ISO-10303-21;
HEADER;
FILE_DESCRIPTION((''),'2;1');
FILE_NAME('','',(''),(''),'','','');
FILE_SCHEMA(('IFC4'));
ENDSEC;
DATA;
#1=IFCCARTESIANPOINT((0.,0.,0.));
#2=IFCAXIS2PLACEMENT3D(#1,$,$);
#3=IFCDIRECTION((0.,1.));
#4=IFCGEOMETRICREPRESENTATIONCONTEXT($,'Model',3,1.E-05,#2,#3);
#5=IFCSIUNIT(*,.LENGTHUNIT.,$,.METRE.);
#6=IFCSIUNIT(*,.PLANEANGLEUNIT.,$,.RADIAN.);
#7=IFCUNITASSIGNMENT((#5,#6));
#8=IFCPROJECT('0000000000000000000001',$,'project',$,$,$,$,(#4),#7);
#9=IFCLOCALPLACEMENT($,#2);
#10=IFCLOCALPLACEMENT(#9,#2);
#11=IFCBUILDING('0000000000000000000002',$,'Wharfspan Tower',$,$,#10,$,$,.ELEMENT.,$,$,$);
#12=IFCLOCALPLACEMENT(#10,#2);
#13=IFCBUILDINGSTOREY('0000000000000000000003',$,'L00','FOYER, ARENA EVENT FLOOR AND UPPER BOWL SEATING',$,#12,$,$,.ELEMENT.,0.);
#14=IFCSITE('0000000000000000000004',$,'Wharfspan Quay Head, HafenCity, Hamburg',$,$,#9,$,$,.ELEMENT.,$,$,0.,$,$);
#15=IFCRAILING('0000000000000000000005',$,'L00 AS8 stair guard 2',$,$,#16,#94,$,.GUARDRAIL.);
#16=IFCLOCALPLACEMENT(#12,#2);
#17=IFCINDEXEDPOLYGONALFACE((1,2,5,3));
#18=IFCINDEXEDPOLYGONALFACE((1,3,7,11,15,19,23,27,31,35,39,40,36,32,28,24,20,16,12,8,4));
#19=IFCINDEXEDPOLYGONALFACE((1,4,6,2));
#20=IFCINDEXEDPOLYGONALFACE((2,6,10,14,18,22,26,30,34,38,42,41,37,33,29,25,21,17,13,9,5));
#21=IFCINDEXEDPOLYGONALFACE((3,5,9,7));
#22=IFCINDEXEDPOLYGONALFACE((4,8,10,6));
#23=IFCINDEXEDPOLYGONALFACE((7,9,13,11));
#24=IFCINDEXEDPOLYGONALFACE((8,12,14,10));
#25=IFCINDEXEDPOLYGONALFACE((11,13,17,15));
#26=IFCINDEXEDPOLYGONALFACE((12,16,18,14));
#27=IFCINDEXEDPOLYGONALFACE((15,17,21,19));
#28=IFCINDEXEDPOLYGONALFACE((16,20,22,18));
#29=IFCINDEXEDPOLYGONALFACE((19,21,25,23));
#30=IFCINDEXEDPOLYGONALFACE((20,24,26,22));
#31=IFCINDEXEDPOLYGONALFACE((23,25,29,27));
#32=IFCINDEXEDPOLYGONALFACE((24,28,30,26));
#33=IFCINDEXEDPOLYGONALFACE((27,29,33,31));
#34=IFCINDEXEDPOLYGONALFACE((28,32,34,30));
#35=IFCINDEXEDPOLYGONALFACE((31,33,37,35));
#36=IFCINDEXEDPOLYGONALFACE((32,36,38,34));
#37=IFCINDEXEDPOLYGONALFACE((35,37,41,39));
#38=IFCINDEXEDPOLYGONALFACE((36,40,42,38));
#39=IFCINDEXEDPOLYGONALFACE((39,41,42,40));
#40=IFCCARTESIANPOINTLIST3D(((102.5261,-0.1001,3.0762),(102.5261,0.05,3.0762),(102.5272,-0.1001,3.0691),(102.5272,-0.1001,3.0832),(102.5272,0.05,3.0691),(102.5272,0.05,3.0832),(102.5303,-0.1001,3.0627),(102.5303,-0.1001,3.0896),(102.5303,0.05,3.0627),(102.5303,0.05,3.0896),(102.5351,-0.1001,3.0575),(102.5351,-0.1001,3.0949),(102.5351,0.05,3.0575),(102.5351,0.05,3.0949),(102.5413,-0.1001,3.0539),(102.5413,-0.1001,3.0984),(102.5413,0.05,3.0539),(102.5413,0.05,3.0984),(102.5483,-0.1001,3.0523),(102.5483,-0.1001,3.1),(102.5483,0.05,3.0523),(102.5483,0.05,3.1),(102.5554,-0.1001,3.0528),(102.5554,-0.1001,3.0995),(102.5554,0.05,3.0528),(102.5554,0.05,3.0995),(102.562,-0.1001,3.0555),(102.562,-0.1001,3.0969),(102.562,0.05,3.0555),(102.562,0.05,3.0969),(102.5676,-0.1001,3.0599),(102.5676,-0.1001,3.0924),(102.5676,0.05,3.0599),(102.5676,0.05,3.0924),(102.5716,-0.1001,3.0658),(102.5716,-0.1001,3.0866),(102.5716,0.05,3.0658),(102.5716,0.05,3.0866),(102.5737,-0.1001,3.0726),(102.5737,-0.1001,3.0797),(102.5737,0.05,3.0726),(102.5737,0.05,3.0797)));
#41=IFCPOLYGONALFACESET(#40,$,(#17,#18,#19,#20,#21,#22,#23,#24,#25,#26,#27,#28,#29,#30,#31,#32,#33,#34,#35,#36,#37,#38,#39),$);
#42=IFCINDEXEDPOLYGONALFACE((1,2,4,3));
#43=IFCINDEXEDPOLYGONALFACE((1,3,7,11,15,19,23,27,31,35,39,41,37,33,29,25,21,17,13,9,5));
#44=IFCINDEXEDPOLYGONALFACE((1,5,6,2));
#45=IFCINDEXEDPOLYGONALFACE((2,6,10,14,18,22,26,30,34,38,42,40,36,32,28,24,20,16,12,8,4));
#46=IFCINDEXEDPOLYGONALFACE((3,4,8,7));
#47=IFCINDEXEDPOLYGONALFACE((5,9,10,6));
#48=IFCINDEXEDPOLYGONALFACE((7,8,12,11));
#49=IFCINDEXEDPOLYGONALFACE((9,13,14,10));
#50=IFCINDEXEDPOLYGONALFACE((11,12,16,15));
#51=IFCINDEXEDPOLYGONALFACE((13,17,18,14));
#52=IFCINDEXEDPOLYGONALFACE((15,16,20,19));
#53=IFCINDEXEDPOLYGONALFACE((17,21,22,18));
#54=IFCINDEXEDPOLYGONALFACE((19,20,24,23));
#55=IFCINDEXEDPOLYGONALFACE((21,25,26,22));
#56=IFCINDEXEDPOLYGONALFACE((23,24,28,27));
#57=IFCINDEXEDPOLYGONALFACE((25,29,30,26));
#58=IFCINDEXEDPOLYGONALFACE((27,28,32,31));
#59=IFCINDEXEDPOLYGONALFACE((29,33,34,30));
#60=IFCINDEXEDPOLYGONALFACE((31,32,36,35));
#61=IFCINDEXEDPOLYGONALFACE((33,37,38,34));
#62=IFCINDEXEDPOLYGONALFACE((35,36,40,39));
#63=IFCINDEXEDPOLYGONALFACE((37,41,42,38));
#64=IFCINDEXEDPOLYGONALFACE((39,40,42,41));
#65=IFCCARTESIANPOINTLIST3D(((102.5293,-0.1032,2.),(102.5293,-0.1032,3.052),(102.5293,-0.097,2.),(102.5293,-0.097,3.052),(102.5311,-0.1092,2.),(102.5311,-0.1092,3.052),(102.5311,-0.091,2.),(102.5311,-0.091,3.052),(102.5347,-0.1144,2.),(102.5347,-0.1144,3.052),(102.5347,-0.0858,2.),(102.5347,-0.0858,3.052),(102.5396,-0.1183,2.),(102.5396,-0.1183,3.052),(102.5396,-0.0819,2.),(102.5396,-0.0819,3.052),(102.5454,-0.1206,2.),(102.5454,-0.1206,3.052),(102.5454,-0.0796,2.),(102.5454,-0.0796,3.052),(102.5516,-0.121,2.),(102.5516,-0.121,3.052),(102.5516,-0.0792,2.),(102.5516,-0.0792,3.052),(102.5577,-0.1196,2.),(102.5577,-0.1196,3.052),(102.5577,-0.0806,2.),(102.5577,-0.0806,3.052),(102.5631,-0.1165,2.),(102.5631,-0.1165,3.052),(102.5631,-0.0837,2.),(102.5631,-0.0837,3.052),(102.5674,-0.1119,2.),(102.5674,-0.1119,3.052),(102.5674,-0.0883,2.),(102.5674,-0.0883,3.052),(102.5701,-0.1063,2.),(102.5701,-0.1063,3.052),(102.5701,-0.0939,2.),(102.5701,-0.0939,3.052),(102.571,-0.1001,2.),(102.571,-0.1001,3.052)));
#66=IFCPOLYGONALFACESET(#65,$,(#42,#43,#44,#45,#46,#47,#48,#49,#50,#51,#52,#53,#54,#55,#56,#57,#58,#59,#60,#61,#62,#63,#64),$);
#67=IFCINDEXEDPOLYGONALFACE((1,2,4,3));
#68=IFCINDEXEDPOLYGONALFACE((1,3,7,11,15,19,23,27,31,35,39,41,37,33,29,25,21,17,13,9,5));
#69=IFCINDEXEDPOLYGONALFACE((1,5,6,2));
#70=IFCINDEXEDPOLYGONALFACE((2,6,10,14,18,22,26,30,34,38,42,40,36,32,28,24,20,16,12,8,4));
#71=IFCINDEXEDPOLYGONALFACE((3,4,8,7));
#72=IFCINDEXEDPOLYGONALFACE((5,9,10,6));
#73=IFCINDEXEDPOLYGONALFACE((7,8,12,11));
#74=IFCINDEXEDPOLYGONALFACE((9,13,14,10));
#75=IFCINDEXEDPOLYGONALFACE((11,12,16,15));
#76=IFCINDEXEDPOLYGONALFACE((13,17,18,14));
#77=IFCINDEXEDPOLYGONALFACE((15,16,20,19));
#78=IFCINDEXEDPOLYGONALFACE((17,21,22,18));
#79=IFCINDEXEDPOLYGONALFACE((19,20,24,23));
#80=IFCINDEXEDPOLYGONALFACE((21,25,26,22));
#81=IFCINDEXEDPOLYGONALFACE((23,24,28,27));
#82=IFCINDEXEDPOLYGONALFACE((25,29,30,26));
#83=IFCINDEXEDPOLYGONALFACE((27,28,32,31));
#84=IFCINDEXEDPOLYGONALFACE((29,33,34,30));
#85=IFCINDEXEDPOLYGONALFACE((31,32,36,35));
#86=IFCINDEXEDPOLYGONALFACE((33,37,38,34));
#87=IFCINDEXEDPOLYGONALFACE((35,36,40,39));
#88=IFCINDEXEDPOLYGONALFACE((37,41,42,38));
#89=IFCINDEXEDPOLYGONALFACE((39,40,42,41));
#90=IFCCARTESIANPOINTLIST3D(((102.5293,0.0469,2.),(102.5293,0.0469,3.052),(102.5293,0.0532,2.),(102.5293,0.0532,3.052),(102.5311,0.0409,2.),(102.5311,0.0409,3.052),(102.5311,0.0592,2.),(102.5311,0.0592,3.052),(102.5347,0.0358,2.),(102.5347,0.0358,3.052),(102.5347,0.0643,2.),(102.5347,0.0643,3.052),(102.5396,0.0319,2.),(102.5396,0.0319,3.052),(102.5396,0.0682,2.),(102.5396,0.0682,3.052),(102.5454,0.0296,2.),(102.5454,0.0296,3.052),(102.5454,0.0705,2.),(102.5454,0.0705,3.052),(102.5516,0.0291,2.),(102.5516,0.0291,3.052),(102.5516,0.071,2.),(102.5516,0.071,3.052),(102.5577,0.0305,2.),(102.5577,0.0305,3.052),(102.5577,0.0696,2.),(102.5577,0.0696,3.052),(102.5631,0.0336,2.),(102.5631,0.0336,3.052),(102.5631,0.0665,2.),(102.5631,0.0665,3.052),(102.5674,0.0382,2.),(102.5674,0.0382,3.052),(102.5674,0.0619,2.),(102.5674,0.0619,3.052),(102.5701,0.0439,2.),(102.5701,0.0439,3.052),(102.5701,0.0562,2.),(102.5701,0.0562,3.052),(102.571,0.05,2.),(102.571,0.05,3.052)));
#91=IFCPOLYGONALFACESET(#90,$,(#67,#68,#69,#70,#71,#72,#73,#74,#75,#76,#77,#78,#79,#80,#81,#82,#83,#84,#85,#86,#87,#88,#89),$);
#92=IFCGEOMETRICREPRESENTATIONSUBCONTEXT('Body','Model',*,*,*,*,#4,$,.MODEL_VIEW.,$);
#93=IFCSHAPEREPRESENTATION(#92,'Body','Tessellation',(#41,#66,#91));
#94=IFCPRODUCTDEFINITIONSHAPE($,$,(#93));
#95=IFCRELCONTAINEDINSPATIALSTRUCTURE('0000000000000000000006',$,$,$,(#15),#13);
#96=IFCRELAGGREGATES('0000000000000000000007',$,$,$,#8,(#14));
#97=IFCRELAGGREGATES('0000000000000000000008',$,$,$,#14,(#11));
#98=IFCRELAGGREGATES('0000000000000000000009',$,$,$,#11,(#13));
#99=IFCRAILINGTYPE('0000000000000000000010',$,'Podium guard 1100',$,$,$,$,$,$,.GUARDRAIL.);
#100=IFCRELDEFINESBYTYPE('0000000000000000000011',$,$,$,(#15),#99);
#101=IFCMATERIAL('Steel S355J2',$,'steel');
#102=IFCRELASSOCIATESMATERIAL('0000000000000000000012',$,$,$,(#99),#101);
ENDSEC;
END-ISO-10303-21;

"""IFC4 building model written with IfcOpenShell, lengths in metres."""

from ifc_helpers import new_model, si_unit, direction, frame, origin, origin_2d, place, context, subcontext, project, spatial, circle, extrude, material, type_object, element, save


model = new_model("IFC4")

# Units and contexts
model_context = context("Model", 3, precision=1e-05, world=origin(), true_north=direction((0.0, 1.0)))
body_context = subcontext(model_context, "Body", "Model", "MODEL_VIEW")
ifc_project = project(units=[si_unit("LENGTHUNIT", "METRE"), si_unit("PLANEANGLEUNIT", "RADIAN")], contexts=[model_context])

# Site, building, storey
site_placement = place(None, origin())
site = spatial("IfcSite", under=ifc_project, at=site_placement, Name="Wharfspan Quay Head, HafenCity, Hamburg", CompositionType="ELEMENT", RefElevation=0.0)
building_placement = place(site_placement, origin())
building = spatial("IfcBuilding", under=site, at=building_placement, Name="Wharfspan Tower", CompositionType="ELEMENT")
storey_placement = place(building_placement, origin())
storey = spatial("IfcBuildingStorey", under=building, at=storey_placement, Name="L00", Description="FOYER, ARENA EVENT FLOOR AND UPPER BOWL SEATING", CompositionType="ELEMENT", Elevation=0.0)

# Shared definitions
ifc_material_1 = material(Name="Steel S355J2", Category="steel")

# Railing
railing_type_1 = type_object("IfcRailingType", Name="Podium guard 1100", PredefinedType="GUARDRAIL", material=ifc_material_1)
railing_1_placement = place(storey_placement, frame((102.55, -0.1001, 2.0)))
element("IfcRailing", 1, at=railing_1_placement, inside=storey, type_object=railing_type_1, Name="L00 AS8 stair guard 2", PredefinedType="GUARDRAIL", context=body_context, shape_type="SweptSolid", body=[
    extrude(circle(Radius=0.0239, at=origin_2d()), frame((0.0, 0.0, 1.0762), z_axis=(0.0, 1.0, 0.0), x_axis=(-1.0, 0.0, 0.0)), (0.0, 0.0, 1.0), 0.1501),
    extrude(circle(Radius=0.021, at=origin_2d()), origin(), (0.0, 0.0, 1.0), 1.052),
    extrude(circle(Radius=0.021, at=origin_2d()), frame((0.0, 0.1501, 0.0)), (0.0, 0.0, 1.0), 1.052),
])

save(model, "model.ifc")
